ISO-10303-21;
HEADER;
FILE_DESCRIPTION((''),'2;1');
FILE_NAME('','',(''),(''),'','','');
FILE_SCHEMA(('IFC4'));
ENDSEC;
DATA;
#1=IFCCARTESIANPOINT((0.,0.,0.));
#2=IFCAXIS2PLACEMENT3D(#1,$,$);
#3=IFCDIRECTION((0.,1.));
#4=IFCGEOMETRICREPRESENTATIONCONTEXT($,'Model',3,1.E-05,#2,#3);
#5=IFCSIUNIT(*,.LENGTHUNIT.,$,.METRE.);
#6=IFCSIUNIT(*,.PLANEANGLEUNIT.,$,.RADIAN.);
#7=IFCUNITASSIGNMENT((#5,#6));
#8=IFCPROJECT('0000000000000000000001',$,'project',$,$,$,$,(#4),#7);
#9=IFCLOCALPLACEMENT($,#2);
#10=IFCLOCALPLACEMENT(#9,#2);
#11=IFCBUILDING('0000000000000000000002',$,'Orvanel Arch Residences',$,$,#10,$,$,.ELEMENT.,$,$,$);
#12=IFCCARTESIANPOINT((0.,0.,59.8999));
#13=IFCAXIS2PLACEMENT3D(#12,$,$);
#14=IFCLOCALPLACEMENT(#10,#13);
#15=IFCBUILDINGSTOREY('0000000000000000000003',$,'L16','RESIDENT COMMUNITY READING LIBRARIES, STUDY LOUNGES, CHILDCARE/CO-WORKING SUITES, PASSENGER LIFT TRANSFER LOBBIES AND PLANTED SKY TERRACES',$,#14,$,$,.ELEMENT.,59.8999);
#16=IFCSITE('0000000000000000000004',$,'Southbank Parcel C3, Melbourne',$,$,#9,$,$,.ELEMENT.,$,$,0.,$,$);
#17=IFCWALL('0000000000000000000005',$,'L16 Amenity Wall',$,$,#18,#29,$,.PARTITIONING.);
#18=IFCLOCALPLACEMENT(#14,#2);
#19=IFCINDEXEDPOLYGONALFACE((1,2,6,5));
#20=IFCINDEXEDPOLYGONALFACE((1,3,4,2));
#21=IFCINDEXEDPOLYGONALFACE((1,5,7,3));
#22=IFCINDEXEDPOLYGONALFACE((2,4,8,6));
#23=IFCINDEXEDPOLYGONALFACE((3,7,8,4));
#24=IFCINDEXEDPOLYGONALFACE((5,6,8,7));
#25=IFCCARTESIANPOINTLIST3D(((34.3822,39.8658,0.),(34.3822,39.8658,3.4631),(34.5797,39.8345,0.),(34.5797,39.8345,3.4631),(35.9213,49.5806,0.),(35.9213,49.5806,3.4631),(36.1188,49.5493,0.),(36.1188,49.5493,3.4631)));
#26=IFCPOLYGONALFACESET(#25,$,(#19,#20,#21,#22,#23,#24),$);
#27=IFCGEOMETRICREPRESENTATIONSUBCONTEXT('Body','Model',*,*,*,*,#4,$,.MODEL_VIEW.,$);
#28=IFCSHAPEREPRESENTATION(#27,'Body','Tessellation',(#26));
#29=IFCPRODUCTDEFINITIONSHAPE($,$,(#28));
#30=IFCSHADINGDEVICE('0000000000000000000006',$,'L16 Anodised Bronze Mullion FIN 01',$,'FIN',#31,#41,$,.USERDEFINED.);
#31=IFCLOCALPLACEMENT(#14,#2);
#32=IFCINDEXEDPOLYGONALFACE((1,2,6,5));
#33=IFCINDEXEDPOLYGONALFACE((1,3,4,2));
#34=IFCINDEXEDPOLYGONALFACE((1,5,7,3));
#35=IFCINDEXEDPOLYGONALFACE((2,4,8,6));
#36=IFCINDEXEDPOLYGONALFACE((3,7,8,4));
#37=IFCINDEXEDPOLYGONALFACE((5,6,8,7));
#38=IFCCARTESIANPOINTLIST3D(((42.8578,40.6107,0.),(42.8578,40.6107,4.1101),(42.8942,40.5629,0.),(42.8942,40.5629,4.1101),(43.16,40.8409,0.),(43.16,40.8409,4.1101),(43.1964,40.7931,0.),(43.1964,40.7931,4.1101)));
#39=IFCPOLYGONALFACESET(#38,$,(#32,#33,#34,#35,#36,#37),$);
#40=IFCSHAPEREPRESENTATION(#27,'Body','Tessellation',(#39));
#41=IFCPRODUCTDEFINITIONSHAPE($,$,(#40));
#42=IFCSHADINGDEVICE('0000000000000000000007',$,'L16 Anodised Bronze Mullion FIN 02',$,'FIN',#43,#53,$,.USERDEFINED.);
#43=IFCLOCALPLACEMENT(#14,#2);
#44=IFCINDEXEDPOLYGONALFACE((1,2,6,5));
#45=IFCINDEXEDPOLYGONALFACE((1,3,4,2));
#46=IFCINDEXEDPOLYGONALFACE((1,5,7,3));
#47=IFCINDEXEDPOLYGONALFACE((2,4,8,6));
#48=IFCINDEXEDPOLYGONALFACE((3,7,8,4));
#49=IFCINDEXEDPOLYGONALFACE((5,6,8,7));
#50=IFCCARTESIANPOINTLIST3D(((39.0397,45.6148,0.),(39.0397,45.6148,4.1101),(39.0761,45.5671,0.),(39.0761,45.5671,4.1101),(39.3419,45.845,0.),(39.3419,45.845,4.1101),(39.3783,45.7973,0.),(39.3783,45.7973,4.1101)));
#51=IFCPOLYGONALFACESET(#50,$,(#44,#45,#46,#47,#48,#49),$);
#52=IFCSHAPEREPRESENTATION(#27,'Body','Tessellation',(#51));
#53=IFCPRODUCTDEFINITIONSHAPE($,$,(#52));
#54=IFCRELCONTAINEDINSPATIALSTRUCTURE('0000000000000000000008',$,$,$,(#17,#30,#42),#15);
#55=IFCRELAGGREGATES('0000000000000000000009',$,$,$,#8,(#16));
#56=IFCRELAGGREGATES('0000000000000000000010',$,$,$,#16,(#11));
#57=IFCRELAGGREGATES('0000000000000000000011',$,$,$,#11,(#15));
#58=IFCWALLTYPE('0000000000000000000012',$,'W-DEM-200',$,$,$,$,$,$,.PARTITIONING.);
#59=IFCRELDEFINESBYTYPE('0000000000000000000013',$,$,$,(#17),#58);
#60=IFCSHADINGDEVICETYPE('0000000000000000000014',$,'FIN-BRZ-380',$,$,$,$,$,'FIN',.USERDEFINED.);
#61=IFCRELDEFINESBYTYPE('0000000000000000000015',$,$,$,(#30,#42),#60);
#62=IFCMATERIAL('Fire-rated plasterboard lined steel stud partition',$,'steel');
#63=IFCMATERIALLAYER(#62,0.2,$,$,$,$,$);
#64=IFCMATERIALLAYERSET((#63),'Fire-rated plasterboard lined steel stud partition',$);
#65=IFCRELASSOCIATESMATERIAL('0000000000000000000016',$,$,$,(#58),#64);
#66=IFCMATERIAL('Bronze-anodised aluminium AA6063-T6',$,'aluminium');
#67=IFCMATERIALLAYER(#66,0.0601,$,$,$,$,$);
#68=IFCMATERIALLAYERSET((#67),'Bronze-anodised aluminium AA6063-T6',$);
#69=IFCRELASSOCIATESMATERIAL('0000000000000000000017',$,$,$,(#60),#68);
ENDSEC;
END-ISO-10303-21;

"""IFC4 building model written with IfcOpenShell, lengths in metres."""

from ifc_helpers import new_model, si_unit, direction, frame, frame_2d, origin, origin_2d, place, context, subcontext, project, spatial, rectangle, extrude, material, layer, layer_set, type_object, element, save


model = new_model("IFC4")

# Units and contexts
model_context = context("Model", 3, precision=1e-05, world=origin(), true_north=direction((0.0, 1.0)))
body_context = subcontext(model_context, "Body", "Model", "MODEL_VIEW")
ifc_project = project(units=[si_unit("LENGTHUNIT", "METRE"), si_unit("PLANEANGLEUNIT", "RADIAN")], contexts=[model_context])

# Site, building, storey
site_placement = place(None, origin())
site = spatial("IfcSite", under=ifc_project, at=site_placement, Name="Southbank Parcel C3, Melbourne", CompositionType="ELEMENT", RefElevation=0.0)
building_placement = place(site_placement, origin())
building = spatial("IfcBuilding", under=site, at=building_placement, Name="Orvanel Arch Residences", CompositionType="ELEMENT")
storey_placement = place(building_placement, frame((0.0, 0.0, 59.8999)))
storey = spatial("IfcBuildingStorey", under=building, at=storey_placement, Name="L16", Description="RESIDENT COMMUNITY READING LIBRARIES, STUDY LOUNGES, CHILDCARE/CO-WORKING SUITES, PASSENGER LIFT TRANSFER LOBBIES AND PLANTED SKY TERRACES", CompositionType="ELEMENT", Elevation=59.8999)

# Shared definitions
ifc_material_1 = material(Name="Bronze-anodised aluminium AA6063-T6", Category="aluminium")

# Wall
ifc_material_2 = material(Name="Fire-rated plasterboard lined steel stud partition", Category="steel")
ifc_layer_1 = layer(ifc_material_2, 0.2)
ifc_layer_set_1 = layer_set([ifc_layer_1], Name="Fire-rated plasterboard lined steel stud partition")
wall_type = type_object("IfcWallType", Name="W-DEM-200", PredefinedType="PARTITIONING", material=ifc_layer_set_1)
wall_placement = place(storey_placement, frame((36.02, 49.5649, 0.0), z_axis=(0.0, 0.0, 1.0), x_axis=(-0.156472, -0.987682, 0.0)))
element("IfcWall", 1, at=wall_placement, inside=storey, type_object=wall_type, Name="L16 Amenity Wall", PredefinedType="PARTITIONING", context=body_context, shape_type="SweptSolid", body=[
    extrude(rectangle(XDim=9.8359, YDim=0.2, at=frame_2d((4.918, 0.0))), origin(), (0.0, 0.0, 1.0), 3.4631),
])

# Shading devices
ifc_layer_2 = layer(ifc_material_1, 0.0601)
ifc_layer_set_2 = layer_set([ifc_layer_2], Name="Bronze-anodised aluminium AA6063-T6")
shading_device_type = type_object("IfcShadingDeviceType", Name="FIN-BRZ-380", ElementType="FIN", PredefinedType="USERDEFINED", material=ifc_layer_set_2)
for number, where, z_axis, x_axis, name in (
    (2, (43.0271, 40.7019, 0.0), (0.0, 0.0, 1.0), (0.795473, 0.605988, 0.0), "L16 Anodised Bronze Mullion FIN 01"),
    (3, (39.209, 45.7061, 0.0), (0.0, 0.0, 1.0), (0.795473, 0.605988, 0.0), "L16 Anodised Bronze Mullion FIN 02"),
):
    element("IfcShadingDevice", number, at=place(storey_placement, frame(where, z_axis=z_axis, x_axis=x_axis)), inside=storey, type_object=shading_device_type, Name=name, ObjectType="FIN", PredefinedType="USERDEFINED", context=body_context, shape_type="SweptSolid", body=[
        extrude(rectangle(XDim=0.3799, YDim=0.0601, at=origin_2d()), origin(), (0.0, 0.0, 1.0), 4.1101),
    ])

save(model, "model.ifc")
